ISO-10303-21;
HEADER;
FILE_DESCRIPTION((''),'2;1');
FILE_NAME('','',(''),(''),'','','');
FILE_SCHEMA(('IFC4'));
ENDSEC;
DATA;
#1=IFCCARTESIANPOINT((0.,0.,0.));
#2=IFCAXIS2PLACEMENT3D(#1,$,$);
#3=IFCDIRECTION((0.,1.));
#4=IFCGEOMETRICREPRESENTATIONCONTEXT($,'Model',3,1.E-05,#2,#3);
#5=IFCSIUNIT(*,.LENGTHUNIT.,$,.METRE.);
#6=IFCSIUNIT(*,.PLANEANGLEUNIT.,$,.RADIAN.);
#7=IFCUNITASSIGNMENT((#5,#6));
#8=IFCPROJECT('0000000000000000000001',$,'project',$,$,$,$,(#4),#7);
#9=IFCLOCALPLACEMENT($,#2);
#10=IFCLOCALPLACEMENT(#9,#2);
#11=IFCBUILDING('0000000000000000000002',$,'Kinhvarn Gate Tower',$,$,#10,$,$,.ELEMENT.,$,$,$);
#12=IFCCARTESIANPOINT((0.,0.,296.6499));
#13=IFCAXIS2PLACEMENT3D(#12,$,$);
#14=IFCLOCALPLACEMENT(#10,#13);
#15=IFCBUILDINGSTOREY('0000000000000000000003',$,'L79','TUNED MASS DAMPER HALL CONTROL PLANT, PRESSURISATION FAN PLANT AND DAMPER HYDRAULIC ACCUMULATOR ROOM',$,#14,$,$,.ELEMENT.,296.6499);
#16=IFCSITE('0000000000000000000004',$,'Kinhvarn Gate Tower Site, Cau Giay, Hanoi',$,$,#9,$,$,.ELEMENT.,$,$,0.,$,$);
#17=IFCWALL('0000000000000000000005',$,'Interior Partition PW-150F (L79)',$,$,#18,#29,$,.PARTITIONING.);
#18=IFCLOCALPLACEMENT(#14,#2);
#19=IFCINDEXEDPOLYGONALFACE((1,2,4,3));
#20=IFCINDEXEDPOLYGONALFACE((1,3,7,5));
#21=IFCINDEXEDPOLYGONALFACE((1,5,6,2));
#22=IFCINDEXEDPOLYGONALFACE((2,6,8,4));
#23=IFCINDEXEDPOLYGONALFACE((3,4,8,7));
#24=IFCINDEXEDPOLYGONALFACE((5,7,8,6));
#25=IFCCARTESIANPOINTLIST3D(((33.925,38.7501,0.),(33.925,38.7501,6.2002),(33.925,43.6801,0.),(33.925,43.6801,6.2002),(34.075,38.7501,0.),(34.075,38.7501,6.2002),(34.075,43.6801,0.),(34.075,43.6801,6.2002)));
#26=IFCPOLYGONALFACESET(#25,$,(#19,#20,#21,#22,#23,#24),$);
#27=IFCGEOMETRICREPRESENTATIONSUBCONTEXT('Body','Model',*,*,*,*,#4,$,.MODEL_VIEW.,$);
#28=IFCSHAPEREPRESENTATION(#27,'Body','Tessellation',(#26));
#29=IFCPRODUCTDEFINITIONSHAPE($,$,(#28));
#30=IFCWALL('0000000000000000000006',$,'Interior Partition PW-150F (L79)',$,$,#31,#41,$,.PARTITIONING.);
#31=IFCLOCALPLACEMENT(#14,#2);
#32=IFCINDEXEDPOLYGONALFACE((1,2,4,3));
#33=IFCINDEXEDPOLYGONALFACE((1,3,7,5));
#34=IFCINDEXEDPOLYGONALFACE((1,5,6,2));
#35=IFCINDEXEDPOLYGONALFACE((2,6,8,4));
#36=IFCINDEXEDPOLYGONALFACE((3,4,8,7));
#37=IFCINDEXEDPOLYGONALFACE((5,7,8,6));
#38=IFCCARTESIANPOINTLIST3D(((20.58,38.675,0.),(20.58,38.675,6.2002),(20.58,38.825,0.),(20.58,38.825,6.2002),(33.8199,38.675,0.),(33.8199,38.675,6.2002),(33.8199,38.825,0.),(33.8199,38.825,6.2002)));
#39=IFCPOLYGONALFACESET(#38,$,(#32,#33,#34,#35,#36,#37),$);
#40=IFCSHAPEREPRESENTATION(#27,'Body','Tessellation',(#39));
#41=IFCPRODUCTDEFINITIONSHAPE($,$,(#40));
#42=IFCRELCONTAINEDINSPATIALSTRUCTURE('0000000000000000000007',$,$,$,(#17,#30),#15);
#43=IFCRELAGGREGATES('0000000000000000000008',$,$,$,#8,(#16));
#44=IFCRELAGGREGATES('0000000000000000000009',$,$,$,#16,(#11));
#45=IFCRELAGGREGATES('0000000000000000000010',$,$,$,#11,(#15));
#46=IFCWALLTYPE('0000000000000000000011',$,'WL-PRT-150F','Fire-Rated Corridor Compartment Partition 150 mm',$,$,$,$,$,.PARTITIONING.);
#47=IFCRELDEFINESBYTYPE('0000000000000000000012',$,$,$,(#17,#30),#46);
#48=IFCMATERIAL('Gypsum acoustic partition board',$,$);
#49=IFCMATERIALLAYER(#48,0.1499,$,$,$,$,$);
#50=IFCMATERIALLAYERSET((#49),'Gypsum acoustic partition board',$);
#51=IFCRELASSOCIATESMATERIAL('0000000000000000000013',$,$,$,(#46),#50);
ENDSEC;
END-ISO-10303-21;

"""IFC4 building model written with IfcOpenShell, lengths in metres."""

from ifc_helpers import new_model, si_unit, direction, frame, frame_2d, origin, place, context, subcontext, project, spatial, rectangle, extrude, material, layer, layer_set, type_object, element, save


model = new_model("IFC4")

# Units and contexts
model_context = context("Model", 3, precision=1e-05, world=origin(), true_north=direction((0.0, 1.0)))
body_context = subcontext(model_context, "Body", "Model", "MODEL_VIEW")
ifc_project = project(units=[si_unit("LENGTHUNIT", "METRE"), si_unit("PLANEANGLEUNIT", "RADIAN")], contexts=[model_context])

# Site, building, storey
site_placement = place(None, origin())
site = spatial("IfcSite", under=ifc_project, at=site_placement, Name="Kinhvarn Gate Tower Site, Cau Giay, Hanoi", CompositionType="ELEMENT", RefElevation=0.0)
building_placement = place(site_placement, origin())
building = spatial("IfcBuilding", under=site, at=building_placement, Name="Kinhvarn Gate Tower", CompositionType="ELEMENT")
storey_placement = place(building_placement, frame((0.0, 0.0, 296.6499)))
storey = spatial("IfcBuildingStorey", under=building, at=storey_placement, Name="L79", Description="TUNED MASS DAMPER HALL CONTROL PLANT, PRESSURISATION FAN PLANT AND DAMPER HYDRAULIC ACCUMULATOR ROOM", CompositionType="ELEMENT", Elevation=296.6499)

# Walls
ifc_material_1 = material(Name="Gypsum acoustic partition board")
ifc_layer_1 = layer(ifc_material_1, 0.1499)
ifc_layer_set_1 = layer_set([ifc_layer_1], Name="Gypsum acoustic partition board")
wall_type = type_object("IfcWallType", Name="WL-PRT-150F", Description="Fire-Rated Corridor Compartment Partition 150 mm", PredefinedType="PARTITIONING", material=ifc_layer_set_1)
wall_1_placement = place(storey_placement, frame((34.0, 43.6799, 0.0), z_axis=(0.0, 0.0, 1.0), x_axis=(0.0, -1.0, 0.0)))
element("IfcWall", 1, at=wall_1_placement, inside=storey, type_object=wall_type, Name="Interior Partition PW-150F (L79)", PredefinedType="PARTITIONING", context=body_context, shape_type="SweptSolid", body=[
    extrude(rectangle(XDim=4.9299, YDim=0.1499, at=frame_2d((2.4648, 0.0))), origin(), (0.0, 0.0, 1.0), 6.2002),
])
wall_2_placement = place(storey_placement, frame((33.8201, 38.75, 0.0), z_axis=(0.0, 0.0, 1.0), x_axis=(-1.0, 0.0, 0.0)))
element("IfcWall", 2, at=wall_2_placement, inside=storey, type_object=wall_type, Name="Interior Partition PW-150F (L79)", PredefinedType="PARTITIONING", context=body_context, shape_type="SweptSolid", body=[
    extrude(rectangle(XDim=13.24, YDim=0.1499, at=frame_2d((6.6201, 0.0))), origin(), (0.0, 0.0, 1.0), 6.2002),
])

save(model, "model.ifc")
